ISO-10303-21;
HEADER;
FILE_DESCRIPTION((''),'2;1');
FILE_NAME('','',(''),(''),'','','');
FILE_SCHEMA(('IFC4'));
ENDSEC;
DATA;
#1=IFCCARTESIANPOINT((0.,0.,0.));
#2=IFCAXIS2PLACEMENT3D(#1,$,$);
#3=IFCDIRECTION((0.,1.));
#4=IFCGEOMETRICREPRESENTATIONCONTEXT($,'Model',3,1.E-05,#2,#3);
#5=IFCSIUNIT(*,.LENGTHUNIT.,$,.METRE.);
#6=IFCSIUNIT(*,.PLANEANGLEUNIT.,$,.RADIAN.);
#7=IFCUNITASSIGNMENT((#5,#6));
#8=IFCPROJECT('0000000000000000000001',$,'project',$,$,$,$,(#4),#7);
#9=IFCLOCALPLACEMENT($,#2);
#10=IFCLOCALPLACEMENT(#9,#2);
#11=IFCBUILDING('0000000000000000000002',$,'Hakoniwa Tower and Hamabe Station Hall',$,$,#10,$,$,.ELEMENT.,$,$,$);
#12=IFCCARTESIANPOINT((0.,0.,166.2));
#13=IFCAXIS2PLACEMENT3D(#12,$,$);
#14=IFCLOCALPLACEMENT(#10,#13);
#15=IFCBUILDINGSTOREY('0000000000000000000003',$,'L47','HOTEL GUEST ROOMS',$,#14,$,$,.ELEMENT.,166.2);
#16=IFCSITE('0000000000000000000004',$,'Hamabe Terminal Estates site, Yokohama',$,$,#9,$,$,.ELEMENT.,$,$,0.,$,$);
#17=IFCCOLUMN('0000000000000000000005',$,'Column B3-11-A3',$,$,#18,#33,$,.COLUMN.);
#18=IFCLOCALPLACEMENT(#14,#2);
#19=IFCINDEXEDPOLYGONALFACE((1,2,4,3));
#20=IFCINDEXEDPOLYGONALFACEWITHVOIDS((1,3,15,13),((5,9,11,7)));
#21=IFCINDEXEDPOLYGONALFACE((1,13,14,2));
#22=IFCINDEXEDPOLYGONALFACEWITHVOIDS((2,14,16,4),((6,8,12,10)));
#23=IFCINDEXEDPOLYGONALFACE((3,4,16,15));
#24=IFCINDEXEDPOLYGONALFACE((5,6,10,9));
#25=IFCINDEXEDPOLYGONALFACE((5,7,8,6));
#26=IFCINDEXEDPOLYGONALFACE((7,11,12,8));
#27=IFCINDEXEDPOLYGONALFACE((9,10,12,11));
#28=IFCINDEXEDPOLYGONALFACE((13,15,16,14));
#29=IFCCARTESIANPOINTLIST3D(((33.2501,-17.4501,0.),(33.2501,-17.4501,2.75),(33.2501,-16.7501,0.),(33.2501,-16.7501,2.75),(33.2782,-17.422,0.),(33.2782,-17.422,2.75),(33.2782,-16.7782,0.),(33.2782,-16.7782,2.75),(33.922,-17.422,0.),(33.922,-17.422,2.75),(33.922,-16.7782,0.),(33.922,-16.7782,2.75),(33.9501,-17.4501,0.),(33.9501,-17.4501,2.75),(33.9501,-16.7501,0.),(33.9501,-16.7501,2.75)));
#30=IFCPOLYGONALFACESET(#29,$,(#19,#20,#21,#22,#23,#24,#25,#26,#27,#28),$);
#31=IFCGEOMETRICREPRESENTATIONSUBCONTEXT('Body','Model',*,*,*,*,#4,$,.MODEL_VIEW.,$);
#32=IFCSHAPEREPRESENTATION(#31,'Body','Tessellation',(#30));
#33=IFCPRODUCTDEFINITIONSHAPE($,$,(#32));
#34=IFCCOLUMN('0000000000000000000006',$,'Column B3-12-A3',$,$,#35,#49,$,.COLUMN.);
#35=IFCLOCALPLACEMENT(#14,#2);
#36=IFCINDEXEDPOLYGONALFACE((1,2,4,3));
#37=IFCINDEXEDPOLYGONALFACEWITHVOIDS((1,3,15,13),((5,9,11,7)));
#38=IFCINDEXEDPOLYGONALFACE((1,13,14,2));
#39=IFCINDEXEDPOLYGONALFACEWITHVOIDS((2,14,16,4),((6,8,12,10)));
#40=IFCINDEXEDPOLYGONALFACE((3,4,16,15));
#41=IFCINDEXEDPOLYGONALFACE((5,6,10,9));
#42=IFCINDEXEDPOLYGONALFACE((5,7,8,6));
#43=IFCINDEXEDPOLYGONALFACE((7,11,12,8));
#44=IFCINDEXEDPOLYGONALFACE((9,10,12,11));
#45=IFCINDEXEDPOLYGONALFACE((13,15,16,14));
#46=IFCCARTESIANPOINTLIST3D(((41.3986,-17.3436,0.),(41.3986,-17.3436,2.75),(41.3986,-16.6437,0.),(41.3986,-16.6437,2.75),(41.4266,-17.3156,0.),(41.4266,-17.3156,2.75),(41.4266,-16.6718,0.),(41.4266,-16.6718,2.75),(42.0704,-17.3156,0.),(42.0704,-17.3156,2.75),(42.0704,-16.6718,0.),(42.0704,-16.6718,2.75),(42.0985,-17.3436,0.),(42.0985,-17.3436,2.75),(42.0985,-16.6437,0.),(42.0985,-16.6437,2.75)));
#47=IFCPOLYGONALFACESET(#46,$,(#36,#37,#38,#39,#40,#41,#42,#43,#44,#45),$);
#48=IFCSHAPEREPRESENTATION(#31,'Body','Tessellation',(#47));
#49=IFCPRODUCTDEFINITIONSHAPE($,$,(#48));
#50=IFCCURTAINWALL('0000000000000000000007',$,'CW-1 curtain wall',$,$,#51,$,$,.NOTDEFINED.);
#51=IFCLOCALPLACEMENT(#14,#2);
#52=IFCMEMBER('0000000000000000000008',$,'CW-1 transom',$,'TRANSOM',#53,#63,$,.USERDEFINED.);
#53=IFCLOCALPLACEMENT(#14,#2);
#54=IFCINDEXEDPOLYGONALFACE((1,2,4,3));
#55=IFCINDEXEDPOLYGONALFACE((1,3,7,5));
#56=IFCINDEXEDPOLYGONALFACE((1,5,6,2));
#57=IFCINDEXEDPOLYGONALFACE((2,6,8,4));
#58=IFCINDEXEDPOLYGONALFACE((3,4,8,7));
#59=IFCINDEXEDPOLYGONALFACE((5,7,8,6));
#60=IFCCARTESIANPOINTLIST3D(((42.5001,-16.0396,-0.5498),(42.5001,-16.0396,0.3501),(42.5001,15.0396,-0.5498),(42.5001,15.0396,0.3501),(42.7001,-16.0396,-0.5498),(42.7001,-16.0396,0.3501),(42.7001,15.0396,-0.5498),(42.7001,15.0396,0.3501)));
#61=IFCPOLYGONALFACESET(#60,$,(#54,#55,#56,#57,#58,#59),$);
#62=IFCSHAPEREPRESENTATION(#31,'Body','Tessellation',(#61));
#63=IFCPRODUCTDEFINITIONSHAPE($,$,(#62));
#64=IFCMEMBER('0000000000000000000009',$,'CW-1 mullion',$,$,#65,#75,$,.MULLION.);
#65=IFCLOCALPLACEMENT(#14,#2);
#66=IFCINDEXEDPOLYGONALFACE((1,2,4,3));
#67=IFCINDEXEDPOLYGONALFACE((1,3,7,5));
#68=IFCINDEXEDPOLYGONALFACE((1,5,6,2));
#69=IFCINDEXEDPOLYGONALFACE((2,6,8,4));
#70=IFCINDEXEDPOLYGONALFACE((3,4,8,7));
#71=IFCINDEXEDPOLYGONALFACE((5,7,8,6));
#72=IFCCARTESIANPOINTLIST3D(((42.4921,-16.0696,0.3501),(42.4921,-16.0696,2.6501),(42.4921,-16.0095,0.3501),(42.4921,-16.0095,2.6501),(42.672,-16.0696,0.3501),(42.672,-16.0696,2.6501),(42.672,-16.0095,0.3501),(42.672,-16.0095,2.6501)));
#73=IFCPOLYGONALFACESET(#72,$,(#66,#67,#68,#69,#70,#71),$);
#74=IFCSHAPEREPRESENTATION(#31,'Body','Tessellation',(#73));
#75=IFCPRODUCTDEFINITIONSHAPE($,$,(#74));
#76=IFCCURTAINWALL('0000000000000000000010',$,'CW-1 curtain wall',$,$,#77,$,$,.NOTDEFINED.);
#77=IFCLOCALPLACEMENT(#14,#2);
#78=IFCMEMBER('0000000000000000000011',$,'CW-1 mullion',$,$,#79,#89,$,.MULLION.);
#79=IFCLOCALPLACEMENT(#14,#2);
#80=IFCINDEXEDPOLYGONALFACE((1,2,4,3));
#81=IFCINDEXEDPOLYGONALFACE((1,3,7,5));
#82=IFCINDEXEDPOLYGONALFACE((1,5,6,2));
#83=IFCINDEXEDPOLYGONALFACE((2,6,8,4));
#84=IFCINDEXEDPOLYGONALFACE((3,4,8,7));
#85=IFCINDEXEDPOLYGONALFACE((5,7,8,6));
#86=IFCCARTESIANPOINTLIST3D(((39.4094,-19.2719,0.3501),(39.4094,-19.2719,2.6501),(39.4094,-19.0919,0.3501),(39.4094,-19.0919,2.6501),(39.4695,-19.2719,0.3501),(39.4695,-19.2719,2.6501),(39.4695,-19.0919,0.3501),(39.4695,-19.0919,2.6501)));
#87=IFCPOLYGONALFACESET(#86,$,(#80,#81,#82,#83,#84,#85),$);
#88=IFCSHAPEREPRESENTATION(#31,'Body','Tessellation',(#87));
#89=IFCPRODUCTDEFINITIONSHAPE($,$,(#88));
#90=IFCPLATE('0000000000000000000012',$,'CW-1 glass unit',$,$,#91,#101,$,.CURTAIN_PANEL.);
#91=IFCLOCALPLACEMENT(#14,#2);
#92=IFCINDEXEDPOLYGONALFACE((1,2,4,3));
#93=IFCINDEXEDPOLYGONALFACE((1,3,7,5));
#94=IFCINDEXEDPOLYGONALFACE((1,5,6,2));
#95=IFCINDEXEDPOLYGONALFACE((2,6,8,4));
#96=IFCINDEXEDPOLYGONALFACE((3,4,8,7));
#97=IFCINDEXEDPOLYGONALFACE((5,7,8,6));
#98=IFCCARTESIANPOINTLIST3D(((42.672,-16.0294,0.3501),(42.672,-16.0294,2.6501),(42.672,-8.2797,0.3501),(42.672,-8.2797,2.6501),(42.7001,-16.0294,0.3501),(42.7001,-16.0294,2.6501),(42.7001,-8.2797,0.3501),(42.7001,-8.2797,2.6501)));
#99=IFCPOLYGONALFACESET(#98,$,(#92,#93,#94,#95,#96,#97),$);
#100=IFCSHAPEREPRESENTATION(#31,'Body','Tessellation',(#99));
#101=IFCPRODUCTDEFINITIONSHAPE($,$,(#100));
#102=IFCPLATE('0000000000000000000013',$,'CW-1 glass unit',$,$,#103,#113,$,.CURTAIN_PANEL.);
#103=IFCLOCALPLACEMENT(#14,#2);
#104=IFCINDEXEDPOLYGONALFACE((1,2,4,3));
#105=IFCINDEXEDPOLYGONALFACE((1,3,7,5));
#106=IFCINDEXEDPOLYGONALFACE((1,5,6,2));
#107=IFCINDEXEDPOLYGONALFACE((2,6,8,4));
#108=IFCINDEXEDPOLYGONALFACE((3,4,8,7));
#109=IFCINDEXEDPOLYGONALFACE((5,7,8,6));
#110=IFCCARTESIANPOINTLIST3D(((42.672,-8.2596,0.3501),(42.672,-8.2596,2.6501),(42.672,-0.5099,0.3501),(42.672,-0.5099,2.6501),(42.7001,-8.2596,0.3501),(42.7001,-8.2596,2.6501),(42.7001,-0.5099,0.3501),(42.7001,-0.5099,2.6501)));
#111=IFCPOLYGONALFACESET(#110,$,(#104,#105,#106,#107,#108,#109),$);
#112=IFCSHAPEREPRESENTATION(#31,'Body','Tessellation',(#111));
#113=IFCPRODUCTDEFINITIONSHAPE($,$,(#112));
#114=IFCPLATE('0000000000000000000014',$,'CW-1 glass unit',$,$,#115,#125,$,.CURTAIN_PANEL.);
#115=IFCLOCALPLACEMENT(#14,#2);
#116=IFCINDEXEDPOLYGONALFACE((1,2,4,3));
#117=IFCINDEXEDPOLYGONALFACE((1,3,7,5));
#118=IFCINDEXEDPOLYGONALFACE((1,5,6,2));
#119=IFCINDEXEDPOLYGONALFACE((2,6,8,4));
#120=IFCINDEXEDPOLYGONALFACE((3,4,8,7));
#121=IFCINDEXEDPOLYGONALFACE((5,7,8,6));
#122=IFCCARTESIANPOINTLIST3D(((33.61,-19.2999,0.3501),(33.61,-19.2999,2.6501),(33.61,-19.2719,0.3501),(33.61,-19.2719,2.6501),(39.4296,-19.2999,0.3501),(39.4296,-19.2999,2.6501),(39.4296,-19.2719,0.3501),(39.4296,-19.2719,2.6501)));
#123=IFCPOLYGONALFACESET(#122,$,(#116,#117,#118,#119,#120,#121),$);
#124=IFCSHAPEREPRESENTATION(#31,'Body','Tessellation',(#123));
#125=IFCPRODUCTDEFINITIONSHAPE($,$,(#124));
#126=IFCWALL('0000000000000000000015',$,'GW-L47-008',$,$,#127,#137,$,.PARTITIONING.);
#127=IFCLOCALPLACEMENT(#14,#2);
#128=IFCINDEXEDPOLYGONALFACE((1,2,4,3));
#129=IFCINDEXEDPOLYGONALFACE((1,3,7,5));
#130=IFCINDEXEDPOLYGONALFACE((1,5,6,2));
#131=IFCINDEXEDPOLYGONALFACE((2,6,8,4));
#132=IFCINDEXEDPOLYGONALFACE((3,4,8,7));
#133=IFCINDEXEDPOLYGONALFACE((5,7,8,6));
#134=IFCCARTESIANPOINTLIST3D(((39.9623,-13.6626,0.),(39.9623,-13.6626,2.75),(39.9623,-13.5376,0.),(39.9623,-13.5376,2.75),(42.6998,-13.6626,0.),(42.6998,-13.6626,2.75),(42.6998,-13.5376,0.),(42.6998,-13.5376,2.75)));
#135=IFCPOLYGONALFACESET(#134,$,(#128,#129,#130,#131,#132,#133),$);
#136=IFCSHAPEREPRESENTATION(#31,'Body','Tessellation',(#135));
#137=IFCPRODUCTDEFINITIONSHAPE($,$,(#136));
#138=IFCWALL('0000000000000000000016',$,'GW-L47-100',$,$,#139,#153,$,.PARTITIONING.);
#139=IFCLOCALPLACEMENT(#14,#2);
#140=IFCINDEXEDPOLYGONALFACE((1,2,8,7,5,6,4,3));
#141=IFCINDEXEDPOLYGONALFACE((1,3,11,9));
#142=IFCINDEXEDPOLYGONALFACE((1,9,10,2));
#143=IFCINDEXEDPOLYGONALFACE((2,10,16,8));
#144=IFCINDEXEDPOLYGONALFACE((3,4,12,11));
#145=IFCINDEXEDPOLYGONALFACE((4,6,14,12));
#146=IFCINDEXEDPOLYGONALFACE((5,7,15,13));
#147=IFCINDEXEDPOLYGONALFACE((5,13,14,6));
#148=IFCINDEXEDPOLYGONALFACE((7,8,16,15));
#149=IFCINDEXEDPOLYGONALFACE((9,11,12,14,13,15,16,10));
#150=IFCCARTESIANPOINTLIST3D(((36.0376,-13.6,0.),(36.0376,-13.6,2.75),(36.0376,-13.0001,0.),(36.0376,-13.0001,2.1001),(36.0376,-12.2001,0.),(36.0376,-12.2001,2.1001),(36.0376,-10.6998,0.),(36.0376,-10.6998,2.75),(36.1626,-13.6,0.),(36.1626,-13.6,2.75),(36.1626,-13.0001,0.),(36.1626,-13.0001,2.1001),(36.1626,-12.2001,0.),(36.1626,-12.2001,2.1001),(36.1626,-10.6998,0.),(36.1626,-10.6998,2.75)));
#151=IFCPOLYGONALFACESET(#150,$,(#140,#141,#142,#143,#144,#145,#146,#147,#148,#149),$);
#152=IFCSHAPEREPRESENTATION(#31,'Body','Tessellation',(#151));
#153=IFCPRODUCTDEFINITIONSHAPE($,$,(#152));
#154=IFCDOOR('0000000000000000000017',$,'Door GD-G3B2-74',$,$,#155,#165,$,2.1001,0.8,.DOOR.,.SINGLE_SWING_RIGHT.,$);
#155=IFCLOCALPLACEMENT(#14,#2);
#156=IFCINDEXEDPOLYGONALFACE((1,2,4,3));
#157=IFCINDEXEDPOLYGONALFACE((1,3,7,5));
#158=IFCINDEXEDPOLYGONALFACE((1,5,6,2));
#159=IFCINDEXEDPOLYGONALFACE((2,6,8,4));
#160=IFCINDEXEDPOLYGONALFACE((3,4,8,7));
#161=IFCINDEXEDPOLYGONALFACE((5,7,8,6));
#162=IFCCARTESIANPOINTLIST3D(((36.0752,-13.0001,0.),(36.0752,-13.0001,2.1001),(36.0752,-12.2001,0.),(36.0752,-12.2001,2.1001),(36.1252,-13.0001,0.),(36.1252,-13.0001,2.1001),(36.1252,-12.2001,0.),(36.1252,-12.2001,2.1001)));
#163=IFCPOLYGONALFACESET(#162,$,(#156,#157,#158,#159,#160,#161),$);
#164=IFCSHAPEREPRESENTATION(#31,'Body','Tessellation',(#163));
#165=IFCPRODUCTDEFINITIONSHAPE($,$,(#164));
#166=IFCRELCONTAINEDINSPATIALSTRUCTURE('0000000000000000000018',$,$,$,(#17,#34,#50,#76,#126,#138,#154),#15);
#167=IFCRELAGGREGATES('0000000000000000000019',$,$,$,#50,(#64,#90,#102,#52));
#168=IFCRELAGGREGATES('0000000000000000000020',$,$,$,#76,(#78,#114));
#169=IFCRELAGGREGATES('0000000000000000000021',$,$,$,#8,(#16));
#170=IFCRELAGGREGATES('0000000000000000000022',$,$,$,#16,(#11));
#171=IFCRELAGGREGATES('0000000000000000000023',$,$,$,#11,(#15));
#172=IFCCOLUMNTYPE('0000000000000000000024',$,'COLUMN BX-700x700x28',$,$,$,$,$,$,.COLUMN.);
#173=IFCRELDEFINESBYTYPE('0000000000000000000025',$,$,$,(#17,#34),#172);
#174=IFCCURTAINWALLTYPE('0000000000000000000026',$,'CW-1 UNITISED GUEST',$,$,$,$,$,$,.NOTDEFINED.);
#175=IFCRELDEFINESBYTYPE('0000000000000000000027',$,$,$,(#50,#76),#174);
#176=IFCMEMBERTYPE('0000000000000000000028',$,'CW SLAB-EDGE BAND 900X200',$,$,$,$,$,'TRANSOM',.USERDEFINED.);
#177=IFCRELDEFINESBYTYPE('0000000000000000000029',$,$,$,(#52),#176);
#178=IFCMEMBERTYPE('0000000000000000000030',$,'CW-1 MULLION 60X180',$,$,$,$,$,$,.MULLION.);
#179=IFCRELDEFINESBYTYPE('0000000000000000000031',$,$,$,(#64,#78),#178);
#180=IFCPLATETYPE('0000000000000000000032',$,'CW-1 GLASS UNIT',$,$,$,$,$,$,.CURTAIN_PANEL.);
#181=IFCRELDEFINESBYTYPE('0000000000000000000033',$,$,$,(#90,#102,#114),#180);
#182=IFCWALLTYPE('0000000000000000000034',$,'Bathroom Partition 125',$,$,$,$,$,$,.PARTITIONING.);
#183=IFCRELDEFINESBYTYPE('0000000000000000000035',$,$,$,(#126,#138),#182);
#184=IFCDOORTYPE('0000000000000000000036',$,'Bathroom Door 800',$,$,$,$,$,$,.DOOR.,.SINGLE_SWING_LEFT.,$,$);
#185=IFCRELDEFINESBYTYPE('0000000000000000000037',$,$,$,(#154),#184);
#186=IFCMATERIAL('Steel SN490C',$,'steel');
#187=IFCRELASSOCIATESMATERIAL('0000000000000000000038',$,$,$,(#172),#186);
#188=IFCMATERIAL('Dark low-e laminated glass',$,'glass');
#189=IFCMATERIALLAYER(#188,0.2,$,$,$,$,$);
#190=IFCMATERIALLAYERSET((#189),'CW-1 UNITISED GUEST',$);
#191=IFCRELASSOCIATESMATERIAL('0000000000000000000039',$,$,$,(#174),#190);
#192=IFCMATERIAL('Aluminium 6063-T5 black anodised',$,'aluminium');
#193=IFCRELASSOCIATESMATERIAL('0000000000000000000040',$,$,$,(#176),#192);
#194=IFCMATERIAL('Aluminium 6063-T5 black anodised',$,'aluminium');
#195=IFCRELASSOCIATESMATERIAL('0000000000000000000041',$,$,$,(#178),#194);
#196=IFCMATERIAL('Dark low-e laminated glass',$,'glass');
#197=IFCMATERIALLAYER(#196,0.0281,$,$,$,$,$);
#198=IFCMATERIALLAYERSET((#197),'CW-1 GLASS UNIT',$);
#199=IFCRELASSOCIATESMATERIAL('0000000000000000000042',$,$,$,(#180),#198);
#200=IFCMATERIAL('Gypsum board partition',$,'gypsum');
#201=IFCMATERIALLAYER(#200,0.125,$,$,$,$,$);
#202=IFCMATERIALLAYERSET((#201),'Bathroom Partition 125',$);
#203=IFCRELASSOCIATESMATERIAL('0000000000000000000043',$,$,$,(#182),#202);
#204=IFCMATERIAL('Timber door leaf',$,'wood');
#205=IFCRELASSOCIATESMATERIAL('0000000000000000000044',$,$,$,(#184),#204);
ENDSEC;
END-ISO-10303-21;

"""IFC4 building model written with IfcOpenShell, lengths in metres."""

from ifc_helpers import new_model, si_unit, direction, frame, frame_2d, origin, origin_2d, place, context, subcontext, project, spatial, rectangle, hollow_rectangle, extrude, material, layer, layer_set, material_profile, profile_set, type_object, element, fill, aggregate, save


model = new_model("IFC4")

# Units and contexts
model_context = context("Model", 3, precision=1e-05, world=origin(), true_north=direction((0.0, 1.0)))
body_context = subcontext(model_context, "Body", "Model", "MODEL_VIEW")
ifc_project = project(units=[si_unit("LENGTHUNIT", "METRE"), si_unit("PLANEANGLEUNIT", "RADIAN")], contexts=[model_context])

# Site, building, storey
site_placement = place(None, origin())
site = spatial("IfcSite", under=ifc_project, at=site_placement, Name="Hamabe Terminal Estates site, Yokohama", CompositionType="ELEMENT", RefElevation=0.0)
building_placement = place(site_placement, origin())
building = spatial("IfcBuilding", under=site, at=building_placement, Name="Hakoniwa Tower and Hamabe Station Hall", CompositionType="ELEMENT")
storey_placement = place(building_placement, frame((0.0, 0.0, 166.2)))
storey = spatial("IfcBuildingStorey", under=building, at=storey_placement, Name="L47", Description="HOTEL GUEST ROOMS", CompositionType="ELEMENT", Elevation=166.2)

# Columns
ifc_material_1 = material(Name="Steel SN490C", Category="steel")
ifc_material_profile_1 = material_profile(ifc_material_1, hollow_rectangle(XDim=0.7, YDim=0.7, WallThickness=0.0281, at=origin_2d()), Name="BX-700x700x28")
ifc_profile_set_1 = profile_set([ifc_material_profile_1], Name="Steel SN490C")
column_type = type_object("IfcColumnType", Name="COLUMN BX-700x700x28", PredefinedType="COLUMN", material=ifc_profile_set_1)
for number, where, z_axis, x_axis, name in (
    (1, (33.6001, -17.1001, 0.0), (0.0, 0.0, 1.0), (1.0, 0.0, 0.0), "Column B3-11-A3"),
    (2, (41.7485, -16.9937, 0.0), (0.0, 0.0, 1.0), (1.0, 0.0, 0.0), "Column B3-12-A3"),
):
    element("IfcColumn", number, at=place(storey_placement, frame(where, z_axis=z_axis, x_axis=x_axis)), inside=storey, type_object=column_type, Name=name, PredefinedType="COLUMN", context=body_context, shape_type="SweptSolid", body=[
        extrude(hollow_rectangle(XDim=0.7, YDim=0.7, WallThickness=0.0281, at=origin_2d()), origin(), (0.0, 0.0, 1.0), 2.75),
    ])

# Curtain wall, members
ifc_material_2 = material(Name="Dark low-e laminated glass", Category="glass")
ifc_layer_1 = layer(ifc_material_2, 0.2)
ifc_layer_set_1 = layer_set([ifc_layer_1], Name="CW-1 UNITISED GUEST")
curtain_wall_type = type_object("IfcCurtainWallType", Name="CW-1 UNITISED GUEST", PredefinedType="NOTDEFINED", material=ifc_layer_set_1)
curtain_wall_1_placement = place(storey_placement, origin())
curtain_wall_1 = element("IfcCurtainWall", 3, at=curtain_wall_1_placement, inside=storey, type_object=curtain_wall_type, Name="CW-1 curtain wall", PredefinedType="NOTDEFINED")
ifc_material_3 = material(Name="Aluminium 6063-T5 black anodised", Category="aluminium")
ifc_material_profile_2 = material_profile(ifc_material_3, rectangle(XDim=0.2, YDim=0.8999, at=origin_2d()), Name="CW SLAB-EDGE BAND 900X200")
ifc_profile_set_2 = profile_set([ifc_material_profile_2], Name="Aluminium 6063-T5 black anodised")
member_type_1 = type_object("IfcMemberType", Name="CW SLAB-EDGE BAND 900X200", ElementType="TRANSOM", PredefinedType="USERDEFINED", material=ifc_profile_set_2)
member_1_placement = place(storey_placement, frame((42.6001, -16.0396, -0.0999), z_axis=(0.0, 1.0, 0.0), x_axis=(-1.0, 0.0, 0.0)))
member_1 = element("IfcMember", 4, at=member_1_placement, type_object=member_type_1, Name="CW-1 transom", ObjectType="TRANSOM", PredefinedType="USERDEFINED", context=body_context, shape_type="SweptSolid", body=[
    extrude(rectangle(XDim=0.2, YDim=0.8999, at=origin_2d()), origin(), (0.0, 0.0, 1.0), 31.0791),
])
ifc_material_4 = material(Name="Aluminium 6063-T5 black anodised", Category="aluminium")
ifc_material_profile_3 = material_profile(ifc_material_4, rectangle(XDim=0.0601, YDim=0.1799, at=origin_2d()), Name="CW-1 MULLION 60X180")
ifc_profile_set_3 = profile_set([ifc_material_profile_3], Name="Aluminium 6063-T5 black anodised")
member_type_2 = type_object("IfcMemberType", Name="CW-1 MULLION 60X180", PredefinedType="MULLION", material=ifc_profile_set_3)
member_2_placement = place(storey_placement, frame((42.582, -16.0396, 0.3501), z_axis=(0.0, 0.0, 1.0), x_axis=(0.0, 1.0, 0.0)))
member_2 = element("IfcMember", 5, at=member_2_placement, type_object=member_type_2, Name="CW-1 mullion", PredefinedType="MULLION", context=body_context, shape_type="SweptSolid", body=[
    extrude(rectangle(XDim=0.0601, YDim=0.1799, at=origin_2d()), origin(), (0.0, 0.0, 1.0), 2.3),
])

# Curtain wall, member
curtain_wall_2_placement = place(storey_placement, origin())
curtain_wall_2 = element("IfcCurtainWall", 6, at=curtain_wall_2_placement, inside=storey, type_object=curtain_wall_type, Name="CW-1 curtain wall", PredefinedType="NOTDEFINED")
member_3_placement = place(storey_placement, frame((39.4395, -19.1819, 0.3501), z_axis=(0.0, 0.0, 1.0), x_axis=(1.0, 0.0, 0.0)))
member_3 = element("IfcMember", 7, at=member_3_placement, type_object=member_type_2, Name="CW-1 mullion", PredefinedType="MULLION", context=body_context, shape_type="SweptSolid", body=[
    extrude(rectangle(XDim=0.0601, YDim=0.1799, at=origin_2d()), origin(), (0.0, 0.0, 1.0), 2.3),
])

# Plates
ifc_material_5 = material(Name="Dark low-e laminated glass", Category="glass")
ifc_layer_2 = layer(ifc_material_5, 0.0281)
ifc_layer_set_2 = layer_set([ifc_layer_2], Name="CW-1 GLASS UNIT")
plate_type = type_object("IfcPlateType", Name="CW-1 GLASS UNIT", PredefinedType="CURTAIN_PANEL", material=ifc_layer_set_2)
plate_1_placement = place(storey_placement, frame((42.686, -12.1545, 0.3501), z_axis=(0.0, 0.0, 1.0), x_axis=(0.0, 1.0, 0.0)))
plate_1 = element("IfcPlate", 8, at=plate_1_placement, type_object=plate_type, Name="CW-1 glass unit", PredefinedType="CURTAIN_PANEL", context=body_context, shape_type="SweptSolid", body=[
    extrude(rectangle(XDim=7.7498, YDim=0.0281, at=origin_2d()), origin(), (0.0, 0.0, 1.0), 2.3),
])
plate_2_placement = place(storey_placement, frame((42.686, -4.3848, 0.3501), z_axis=(0.0, 0.0, 1.0), x_axis=(0.0, 1.0, 0.0)))
plate_2 = element("IfcPlate", 9, at=plate_2_placement, type_object=plate_type, Name="CW-1 glass unit", PredefinedType="CURTAIN_PANEL", context=body_context, shape_type="SweptSolid", body=[
    extrude(rectangle(XDim=7.7498, YDim=0.0281, at=origin_2d()), origin(), (0.0, 0.0, 1.0), 2.3),
])
aggregate(curtain_wall_1, [member_2, plate_1, plate_2, member_1])
plate_3_placement = place(storey_placement, frame((36.5198, -19.2859, 0.3501), z_axis=(0.0, 0.0, 1.0), x_axis=(1.0, 0.0, 0.0)))
plate_3 = element("IfcPlate", 10, at=plate_3_placement, type_object=plate_type, Name="CW-1 glass unit", PredefinedType="CURTAIN_PANEL", context=body_context, shape_type="SweptSolid", body=[
    extrude(rectangle(XDim=5.8196, YDim=0.0281, at=origin_2d()), origin(), (0.0, 0.0, 1.0), 2.3),
])
aggregate(curtain_wall_2, [member_3, plate_3])

# Wall
ifc_material_6 = material(Name="Gypsum board partition", Category="gypsum")
ifc_layer_3 = layer(ifc_material_6, 0.125)
ifc_layer_set_3 = layer_set([ifc_layer_3], Name="Bathroom Partition 125")
wall_type_1 = type_object("IfcWallType", Name="Bathroom Partition 125", PredefinedType="PARTITIONING", material=ifc_layer_set_3)
wall_1_placement = place(storey_placement, frame((39.9624, -13.6001, 0.0), z_axis=(0.0, 0.0, 1.0), x_axis=(1.0, 0.0, 0.0)))
element("IfcWall", 11, at=wall_1_placement, inside=storey, type_object=wall_type_1, Name="GW-L47-008", PredefinedType="PARTITIONING", context=body_context, shape_type="SweptSolid", body=[
    extrude(rectangle(XDim=2.7375, YDim=0.125, at=frame_2d((1.3687, 0.0))), origin(), (0.0, 0.0, 1.0), 2.75),
])

# Wall, opening, door
wall_2_placement = place(storey_placement, frame((36.1001, -13.6001, 0.0), z_axis=(0.0, 0.0, 1.0), x_axis=(0.0, 1.0, 0.0)))
wall_2 = element("IfcWall", 12, at=wall_2_placement, inside=storey, type_object=wall_type_1, Name="GW-L47-100", PredefinedType="PARTITIONING", context=body_context, shape_type="SweptSolid", body=[
    extrude(rectangle(XDim=2.9001, YDim=0.125, at=frame_2d((1.4502, 0.0))), origin(), (0.0, 0.0, 1.0), 2.75),
])
opening_1_placement = place(wall_2_placement, frame((0.6001, 0.0, 0.0)))
opening_1 = element("IfcOpeningElement", 13, at=opening_1_placement, cuts=wall_2, PredefinedType="OPENING", context=body_context, shape_type="SweptSolid", body=[
    extrude(rectangle(XDim=0.8, YDim=2.1001, at=frame_2d((0.3999, 1.05))), frame((0.0, 0.0725, 0.0), z_axis=(0.0, -1.0, 0.0), x_axis=(1.0, 0.0, 0.0)), (0.0, 0.0, 1.0), 0.145),
])
ifc_material_7 = material(Name="Timber door leaf", Category="wood")
door_type_1 = type_object("IfcDoorType", Name="Bathroom Door 800", OperationType="SINGLE_SWING_LEFT", PredefinedType="DOOR", material=ifc_material_7)
door_1_placement = place(opening_1_placement, origin())
door_1 = element("IfcDoor", 14, at=door_1_placement, inside=storey, type_object=door_type_1, Name="Door GD-G3B2-74", OperationType="SINGLE_SWING_RIGHT", OverallHeight=2.1001, OverallWidth=0.8, PredefinedType="DOOR", context=body_context, shape_type="SweptSolid", body=[
    extrude(rectangle(XDim=0.8, YDim=2.1001, at=frame_2d((0.3999, 1.05))), frame((0.0, 0.0249, 0.0), z_axis=(0.0, -1.0, 0.0), x_axis=(1.0, 0.0, 0.0)), (0.0, 0.0, 1.0), 0.05),
])
fill(opening_1, door_1)

save(model, "model.ifc")
